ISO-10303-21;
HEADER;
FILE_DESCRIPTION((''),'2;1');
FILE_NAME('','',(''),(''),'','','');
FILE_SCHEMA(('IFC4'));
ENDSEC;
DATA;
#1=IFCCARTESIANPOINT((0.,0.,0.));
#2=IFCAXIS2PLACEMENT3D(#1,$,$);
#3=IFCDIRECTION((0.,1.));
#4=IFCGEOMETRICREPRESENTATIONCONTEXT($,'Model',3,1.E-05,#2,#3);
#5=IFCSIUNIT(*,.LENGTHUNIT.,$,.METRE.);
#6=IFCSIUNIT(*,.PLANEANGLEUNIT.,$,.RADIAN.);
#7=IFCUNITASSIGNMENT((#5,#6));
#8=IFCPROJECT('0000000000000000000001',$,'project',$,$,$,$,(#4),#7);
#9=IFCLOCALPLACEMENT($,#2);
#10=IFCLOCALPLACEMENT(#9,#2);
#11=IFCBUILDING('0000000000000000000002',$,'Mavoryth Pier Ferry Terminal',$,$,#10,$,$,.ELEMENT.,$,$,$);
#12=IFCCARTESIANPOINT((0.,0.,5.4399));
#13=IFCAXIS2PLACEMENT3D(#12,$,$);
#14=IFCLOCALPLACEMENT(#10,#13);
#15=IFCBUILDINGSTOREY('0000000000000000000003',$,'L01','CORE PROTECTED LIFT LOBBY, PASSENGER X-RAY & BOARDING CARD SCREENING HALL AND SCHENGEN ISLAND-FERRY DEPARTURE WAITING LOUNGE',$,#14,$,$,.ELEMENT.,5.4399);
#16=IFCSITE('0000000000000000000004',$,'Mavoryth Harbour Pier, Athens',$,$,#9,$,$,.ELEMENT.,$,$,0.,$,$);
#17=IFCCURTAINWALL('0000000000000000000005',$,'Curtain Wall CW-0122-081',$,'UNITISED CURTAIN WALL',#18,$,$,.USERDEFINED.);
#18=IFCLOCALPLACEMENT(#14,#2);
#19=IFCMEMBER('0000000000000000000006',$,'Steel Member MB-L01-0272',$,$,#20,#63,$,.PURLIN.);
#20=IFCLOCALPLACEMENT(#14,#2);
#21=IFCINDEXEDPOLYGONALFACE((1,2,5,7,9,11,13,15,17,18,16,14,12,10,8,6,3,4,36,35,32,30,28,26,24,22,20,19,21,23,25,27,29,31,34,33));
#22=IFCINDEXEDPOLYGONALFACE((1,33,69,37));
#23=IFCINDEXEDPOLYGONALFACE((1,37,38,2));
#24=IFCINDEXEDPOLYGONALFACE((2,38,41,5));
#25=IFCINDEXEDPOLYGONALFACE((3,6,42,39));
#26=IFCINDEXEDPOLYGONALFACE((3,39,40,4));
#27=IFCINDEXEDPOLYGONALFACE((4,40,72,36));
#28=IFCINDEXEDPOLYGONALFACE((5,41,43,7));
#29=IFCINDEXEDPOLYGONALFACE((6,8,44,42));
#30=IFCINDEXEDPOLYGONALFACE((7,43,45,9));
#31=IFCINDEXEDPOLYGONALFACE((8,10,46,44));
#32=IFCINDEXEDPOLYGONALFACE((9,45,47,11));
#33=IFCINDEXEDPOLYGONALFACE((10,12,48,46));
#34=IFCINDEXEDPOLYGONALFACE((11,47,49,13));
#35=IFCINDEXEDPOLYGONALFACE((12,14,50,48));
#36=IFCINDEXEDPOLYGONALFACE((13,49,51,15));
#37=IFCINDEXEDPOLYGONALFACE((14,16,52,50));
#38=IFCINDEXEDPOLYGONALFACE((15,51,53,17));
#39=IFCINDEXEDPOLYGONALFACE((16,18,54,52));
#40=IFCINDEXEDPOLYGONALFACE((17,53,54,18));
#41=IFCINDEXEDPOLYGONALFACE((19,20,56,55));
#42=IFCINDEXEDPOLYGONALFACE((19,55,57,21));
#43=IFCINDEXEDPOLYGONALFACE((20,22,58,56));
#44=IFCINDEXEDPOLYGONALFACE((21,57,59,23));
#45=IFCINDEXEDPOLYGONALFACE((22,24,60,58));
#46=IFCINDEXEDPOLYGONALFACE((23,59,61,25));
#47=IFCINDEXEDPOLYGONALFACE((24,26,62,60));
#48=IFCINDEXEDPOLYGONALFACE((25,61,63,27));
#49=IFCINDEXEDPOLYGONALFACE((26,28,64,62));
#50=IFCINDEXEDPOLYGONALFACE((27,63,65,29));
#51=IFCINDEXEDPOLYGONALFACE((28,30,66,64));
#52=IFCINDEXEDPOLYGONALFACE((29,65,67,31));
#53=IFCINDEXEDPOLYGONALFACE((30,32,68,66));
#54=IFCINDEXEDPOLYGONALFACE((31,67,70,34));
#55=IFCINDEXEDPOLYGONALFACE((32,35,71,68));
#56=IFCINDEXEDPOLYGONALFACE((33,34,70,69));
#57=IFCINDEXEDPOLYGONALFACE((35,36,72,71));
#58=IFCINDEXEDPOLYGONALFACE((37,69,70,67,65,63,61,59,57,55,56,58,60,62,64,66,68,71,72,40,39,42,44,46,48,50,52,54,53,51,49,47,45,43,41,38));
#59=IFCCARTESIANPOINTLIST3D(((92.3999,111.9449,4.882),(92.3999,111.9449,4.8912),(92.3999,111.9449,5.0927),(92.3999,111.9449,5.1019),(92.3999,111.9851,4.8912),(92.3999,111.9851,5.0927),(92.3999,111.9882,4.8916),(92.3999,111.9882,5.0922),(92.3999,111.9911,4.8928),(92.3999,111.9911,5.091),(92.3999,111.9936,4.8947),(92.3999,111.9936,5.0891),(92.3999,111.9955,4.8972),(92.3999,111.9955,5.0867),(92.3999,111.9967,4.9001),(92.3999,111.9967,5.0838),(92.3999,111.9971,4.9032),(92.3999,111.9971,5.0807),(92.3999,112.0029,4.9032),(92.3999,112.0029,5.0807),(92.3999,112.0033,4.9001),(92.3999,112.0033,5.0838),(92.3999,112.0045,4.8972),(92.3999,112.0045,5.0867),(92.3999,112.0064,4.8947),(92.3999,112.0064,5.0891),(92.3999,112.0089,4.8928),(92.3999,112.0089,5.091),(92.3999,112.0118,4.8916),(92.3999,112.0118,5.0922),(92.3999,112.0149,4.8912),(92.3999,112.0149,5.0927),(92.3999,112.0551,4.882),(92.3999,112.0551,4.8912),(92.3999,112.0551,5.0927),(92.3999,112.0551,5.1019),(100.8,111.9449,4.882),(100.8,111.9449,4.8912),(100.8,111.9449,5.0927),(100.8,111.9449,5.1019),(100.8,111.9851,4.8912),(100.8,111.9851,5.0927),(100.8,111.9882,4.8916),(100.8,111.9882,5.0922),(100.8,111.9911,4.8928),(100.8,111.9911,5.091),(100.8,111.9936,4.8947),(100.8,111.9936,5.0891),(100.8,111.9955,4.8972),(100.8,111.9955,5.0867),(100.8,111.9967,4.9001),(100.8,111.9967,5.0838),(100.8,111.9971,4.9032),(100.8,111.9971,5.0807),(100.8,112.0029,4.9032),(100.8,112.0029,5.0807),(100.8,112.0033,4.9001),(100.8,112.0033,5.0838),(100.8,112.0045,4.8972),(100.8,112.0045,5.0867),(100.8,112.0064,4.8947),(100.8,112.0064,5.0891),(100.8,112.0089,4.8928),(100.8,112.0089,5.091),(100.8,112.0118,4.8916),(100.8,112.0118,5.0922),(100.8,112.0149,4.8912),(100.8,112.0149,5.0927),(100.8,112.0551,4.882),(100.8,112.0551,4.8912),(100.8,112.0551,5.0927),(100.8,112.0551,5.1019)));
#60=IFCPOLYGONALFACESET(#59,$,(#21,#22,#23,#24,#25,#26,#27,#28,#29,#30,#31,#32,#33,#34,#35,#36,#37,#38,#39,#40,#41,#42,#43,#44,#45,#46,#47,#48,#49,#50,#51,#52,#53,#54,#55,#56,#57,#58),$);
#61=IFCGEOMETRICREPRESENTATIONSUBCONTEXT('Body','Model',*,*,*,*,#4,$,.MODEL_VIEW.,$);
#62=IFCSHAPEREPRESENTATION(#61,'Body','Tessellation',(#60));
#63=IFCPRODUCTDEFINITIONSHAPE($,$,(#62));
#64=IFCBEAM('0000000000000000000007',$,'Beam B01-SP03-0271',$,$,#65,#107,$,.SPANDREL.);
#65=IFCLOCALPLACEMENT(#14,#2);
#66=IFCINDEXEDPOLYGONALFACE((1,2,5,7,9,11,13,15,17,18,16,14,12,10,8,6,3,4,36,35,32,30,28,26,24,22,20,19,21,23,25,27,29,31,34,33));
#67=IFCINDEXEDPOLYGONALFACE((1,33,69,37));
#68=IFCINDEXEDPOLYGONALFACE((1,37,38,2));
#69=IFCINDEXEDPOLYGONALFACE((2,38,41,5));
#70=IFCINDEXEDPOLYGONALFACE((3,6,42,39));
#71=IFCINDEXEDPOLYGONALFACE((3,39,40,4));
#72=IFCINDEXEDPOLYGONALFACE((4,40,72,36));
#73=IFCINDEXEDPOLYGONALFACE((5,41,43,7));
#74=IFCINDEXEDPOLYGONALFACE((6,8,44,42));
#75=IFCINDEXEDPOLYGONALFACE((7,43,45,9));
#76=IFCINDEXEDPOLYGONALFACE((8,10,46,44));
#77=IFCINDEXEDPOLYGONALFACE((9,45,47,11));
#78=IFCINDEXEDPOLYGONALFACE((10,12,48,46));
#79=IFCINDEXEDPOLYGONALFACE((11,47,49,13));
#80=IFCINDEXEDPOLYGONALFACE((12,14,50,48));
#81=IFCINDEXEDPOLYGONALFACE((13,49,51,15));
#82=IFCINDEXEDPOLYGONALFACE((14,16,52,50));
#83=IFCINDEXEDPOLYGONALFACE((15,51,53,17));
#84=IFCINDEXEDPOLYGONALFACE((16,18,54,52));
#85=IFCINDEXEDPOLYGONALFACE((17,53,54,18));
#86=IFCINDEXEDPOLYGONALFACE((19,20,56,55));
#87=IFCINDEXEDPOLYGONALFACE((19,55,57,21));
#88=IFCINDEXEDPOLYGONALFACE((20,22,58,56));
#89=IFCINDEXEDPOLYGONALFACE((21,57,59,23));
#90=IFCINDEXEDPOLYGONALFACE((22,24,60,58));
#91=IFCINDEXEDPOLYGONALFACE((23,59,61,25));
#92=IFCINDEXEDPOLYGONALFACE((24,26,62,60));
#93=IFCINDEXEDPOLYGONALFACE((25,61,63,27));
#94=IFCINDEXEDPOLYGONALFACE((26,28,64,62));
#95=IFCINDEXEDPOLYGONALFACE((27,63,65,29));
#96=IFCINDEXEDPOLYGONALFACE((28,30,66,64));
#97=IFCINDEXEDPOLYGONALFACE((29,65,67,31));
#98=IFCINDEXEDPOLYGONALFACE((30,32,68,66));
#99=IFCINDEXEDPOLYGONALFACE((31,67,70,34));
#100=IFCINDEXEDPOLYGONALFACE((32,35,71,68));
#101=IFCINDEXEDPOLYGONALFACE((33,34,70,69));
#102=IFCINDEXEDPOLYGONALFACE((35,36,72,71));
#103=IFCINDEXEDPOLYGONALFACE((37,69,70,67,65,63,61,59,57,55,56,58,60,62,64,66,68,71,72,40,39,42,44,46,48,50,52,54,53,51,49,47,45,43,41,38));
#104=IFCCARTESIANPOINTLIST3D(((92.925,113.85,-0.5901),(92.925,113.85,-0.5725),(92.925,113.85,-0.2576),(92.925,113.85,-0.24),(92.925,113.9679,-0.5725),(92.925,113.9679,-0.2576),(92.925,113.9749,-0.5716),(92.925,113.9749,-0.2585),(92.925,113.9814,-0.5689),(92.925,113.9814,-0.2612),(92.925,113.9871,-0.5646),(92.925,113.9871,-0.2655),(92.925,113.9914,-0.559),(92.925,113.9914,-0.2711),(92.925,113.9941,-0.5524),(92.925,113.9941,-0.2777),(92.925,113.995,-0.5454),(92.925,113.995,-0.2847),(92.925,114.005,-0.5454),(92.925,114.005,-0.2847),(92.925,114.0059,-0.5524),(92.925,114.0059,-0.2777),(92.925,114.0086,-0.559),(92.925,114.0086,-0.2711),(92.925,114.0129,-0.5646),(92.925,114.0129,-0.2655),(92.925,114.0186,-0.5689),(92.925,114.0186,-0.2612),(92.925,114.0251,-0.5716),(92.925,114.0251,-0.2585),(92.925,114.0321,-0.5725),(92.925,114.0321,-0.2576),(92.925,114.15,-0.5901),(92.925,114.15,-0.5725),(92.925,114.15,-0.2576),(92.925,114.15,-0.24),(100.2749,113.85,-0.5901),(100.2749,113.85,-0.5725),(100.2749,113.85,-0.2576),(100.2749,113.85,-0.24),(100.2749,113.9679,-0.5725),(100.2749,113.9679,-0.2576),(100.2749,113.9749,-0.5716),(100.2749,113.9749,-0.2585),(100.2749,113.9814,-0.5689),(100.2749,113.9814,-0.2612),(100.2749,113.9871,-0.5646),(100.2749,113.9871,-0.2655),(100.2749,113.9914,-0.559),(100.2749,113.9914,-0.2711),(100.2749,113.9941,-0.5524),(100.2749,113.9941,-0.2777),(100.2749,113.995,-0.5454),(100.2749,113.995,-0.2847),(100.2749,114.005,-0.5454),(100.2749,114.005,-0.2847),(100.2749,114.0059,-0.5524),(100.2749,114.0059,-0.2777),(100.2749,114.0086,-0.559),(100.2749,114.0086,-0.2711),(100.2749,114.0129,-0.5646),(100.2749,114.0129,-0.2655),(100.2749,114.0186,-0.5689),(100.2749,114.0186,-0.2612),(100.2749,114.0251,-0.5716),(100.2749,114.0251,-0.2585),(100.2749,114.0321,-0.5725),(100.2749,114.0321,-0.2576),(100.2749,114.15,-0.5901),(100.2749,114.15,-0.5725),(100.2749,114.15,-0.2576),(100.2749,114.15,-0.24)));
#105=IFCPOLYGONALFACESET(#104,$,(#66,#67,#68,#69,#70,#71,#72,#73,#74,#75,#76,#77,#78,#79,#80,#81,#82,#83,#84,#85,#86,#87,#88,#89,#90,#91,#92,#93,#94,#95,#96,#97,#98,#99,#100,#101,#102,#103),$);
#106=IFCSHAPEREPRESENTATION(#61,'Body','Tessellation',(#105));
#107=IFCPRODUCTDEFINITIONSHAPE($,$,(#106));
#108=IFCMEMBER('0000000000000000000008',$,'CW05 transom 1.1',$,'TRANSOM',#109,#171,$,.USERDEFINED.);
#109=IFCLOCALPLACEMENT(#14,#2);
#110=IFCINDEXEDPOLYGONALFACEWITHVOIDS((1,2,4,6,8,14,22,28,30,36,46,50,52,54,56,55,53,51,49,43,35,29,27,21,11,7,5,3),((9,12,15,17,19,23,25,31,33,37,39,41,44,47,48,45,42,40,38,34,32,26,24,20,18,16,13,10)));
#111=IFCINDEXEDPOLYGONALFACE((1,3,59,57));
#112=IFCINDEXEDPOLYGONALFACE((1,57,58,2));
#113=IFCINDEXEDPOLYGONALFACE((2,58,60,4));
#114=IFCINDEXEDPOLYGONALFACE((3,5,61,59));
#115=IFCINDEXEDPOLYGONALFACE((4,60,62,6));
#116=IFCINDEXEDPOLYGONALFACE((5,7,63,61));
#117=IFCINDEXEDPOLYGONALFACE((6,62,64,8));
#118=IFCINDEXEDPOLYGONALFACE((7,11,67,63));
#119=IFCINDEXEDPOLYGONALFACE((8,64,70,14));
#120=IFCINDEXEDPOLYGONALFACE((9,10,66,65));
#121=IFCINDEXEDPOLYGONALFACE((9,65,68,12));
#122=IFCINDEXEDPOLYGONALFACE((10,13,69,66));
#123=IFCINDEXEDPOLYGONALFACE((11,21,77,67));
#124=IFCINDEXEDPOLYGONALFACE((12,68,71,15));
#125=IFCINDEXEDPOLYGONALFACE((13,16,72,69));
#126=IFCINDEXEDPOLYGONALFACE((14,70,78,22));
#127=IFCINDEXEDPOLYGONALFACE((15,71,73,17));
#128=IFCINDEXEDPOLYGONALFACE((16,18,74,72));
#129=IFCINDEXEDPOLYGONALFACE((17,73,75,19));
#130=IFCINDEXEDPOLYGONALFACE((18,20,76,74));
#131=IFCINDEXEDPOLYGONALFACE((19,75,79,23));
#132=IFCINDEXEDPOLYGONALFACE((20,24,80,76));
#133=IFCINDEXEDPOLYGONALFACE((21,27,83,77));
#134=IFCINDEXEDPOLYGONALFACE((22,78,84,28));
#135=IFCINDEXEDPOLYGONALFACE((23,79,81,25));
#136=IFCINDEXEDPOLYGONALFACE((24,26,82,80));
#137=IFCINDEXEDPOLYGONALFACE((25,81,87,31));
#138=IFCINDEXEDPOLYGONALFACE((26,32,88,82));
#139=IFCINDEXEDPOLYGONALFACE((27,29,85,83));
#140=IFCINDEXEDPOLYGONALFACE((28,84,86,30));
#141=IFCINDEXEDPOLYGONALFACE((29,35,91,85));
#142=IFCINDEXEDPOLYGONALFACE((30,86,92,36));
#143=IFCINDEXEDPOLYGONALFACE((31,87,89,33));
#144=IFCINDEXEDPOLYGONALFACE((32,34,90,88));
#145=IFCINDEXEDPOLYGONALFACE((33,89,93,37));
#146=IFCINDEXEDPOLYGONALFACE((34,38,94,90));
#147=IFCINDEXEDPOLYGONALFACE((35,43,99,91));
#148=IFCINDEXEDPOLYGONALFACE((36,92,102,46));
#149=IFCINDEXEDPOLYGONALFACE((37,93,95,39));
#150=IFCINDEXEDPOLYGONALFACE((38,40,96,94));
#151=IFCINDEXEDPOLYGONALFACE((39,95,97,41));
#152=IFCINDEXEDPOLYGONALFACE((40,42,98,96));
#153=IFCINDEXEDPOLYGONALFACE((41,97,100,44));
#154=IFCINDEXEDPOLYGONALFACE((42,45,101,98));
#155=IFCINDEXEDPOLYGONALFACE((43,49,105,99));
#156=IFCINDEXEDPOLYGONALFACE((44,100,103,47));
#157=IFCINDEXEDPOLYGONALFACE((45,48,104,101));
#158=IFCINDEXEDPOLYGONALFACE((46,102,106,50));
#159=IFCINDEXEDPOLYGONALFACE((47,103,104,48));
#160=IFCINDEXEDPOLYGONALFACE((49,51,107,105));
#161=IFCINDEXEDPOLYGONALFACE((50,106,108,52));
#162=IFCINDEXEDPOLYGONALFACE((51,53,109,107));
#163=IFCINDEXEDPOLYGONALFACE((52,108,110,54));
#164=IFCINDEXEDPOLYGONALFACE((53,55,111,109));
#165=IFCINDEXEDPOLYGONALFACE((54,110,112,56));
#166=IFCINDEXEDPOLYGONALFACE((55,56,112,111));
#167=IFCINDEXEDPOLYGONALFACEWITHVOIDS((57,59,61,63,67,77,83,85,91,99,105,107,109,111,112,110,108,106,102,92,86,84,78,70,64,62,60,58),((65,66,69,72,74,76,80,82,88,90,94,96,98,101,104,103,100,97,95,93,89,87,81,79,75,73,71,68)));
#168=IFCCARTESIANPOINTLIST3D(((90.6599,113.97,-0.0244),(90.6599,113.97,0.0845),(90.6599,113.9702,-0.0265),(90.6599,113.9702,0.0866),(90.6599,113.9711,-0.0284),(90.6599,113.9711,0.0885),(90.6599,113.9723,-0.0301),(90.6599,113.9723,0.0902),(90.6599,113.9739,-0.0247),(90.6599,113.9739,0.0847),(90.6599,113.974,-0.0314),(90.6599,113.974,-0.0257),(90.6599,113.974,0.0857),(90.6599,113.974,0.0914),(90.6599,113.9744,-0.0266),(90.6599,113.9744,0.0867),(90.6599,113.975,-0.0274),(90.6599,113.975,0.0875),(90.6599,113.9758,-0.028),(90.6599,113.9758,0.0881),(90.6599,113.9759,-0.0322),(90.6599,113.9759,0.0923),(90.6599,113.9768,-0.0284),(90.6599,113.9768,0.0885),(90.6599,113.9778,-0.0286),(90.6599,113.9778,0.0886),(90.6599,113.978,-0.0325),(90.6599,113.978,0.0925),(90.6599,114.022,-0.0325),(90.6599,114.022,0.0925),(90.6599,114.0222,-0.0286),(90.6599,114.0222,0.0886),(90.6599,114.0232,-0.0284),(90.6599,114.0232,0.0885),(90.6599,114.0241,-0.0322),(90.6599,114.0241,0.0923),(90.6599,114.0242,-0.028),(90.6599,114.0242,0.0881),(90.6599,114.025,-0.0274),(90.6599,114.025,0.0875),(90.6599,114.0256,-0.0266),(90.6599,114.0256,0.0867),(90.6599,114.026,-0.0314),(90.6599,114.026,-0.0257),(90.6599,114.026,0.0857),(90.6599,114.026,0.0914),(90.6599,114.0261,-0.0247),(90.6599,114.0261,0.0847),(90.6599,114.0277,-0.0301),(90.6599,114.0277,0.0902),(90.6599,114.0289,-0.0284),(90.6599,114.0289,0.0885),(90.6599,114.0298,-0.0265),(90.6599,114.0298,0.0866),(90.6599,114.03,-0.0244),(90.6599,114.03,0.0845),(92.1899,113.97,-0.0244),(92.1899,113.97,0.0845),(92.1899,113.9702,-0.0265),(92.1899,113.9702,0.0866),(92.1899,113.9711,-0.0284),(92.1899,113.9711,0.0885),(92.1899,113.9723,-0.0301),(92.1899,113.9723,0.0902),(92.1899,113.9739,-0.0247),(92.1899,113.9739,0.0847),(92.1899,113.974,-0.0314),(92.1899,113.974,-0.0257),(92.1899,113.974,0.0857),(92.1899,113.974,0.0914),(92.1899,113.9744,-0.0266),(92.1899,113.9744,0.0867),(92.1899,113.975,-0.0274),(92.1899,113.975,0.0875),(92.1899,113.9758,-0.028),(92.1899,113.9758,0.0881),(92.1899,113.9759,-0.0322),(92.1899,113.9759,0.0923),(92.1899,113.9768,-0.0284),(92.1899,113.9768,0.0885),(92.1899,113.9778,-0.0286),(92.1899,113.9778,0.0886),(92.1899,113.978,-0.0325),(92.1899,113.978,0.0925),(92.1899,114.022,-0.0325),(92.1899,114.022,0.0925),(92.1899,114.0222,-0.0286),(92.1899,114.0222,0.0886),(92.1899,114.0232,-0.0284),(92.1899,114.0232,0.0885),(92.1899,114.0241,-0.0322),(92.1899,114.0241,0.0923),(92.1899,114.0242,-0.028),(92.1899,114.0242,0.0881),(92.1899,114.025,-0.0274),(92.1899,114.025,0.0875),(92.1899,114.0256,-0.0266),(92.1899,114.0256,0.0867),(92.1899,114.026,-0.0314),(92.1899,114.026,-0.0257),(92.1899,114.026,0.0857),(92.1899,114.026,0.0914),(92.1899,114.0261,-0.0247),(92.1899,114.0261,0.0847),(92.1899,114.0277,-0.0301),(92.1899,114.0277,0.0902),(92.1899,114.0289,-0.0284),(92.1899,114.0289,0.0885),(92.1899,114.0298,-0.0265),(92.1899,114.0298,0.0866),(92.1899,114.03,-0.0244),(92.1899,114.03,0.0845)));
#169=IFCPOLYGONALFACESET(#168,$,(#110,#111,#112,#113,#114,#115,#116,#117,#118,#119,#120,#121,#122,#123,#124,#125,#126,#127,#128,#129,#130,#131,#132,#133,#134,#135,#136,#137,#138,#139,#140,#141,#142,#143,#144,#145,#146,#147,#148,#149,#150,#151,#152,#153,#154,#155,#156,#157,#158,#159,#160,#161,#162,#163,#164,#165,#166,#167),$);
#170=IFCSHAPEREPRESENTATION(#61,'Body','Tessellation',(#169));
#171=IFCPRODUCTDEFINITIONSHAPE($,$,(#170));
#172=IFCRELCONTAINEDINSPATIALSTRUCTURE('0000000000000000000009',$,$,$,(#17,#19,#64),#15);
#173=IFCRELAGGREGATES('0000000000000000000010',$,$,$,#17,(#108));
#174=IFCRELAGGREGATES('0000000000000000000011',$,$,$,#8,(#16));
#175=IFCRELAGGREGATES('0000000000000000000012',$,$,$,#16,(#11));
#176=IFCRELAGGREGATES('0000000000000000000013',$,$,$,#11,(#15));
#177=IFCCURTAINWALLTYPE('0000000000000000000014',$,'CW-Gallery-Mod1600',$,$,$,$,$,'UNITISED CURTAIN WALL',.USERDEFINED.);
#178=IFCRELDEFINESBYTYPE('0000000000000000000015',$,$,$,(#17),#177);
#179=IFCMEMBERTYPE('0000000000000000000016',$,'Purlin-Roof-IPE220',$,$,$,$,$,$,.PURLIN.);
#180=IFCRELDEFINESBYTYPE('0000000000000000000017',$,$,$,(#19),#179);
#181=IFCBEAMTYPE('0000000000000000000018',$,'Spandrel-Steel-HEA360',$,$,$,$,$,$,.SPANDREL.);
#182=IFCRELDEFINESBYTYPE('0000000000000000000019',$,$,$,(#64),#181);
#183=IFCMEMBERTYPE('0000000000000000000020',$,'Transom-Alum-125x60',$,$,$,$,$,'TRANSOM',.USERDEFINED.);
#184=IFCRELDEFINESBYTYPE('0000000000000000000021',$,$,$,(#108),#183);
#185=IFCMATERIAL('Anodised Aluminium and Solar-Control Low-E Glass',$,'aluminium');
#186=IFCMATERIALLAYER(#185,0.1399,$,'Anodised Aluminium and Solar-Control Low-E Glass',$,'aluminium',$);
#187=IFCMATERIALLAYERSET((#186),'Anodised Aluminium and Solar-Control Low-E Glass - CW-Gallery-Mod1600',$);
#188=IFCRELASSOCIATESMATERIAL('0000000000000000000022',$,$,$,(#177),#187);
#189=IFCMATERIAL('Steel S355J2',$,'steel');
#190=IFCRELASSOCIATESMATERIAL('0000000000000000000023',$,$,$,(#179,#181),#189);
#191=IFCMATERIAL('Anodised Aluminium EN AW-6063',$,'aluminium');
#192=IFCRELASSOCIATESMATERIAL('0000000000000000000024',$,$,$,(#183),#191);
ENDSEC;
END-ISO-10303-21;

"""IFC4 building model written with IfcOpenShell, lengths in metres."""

from ifc_helpers import new_model, si_unit, direction, frame, origin, origin_2d, place, context, subcontext, project, spatial, hollow_rectangle, i_section, extrude, material, layer, layer_set, material_profile, profile_set, type_object, element, aggregate, save


model = new_model("IFC4")

# Units and contexts
model_context = context("Model", 3, precision=1e-05, world=origin(), true_north=direction((0.0, 1.0)))
body_context = subcontext(model_context, "Body", "Model", "MODEL_VIEW")
ifc_project = project(units=[si_unit("LENGTHUNIT", "METRE"), si_unit("PLANEANGLEUNIT", "RADIAN")], contexts=[model_context])

# Site, building, storey
site_placement = place(None, origin())
site = spatial("IfcSite", under=ifc_project, at=site_placement, Name="Mavoryth Harbour Pier, Athens", CompositionType="ELEMENT", RefElevation=0.0)
building_placement = place(site_placement, origin())
building = spatial("IfcBuilding", under=site, at=building_placement, Name="Mavoryth Pier Ferry Terminal", CompositionType="ELEMENT")
storey_placement = place(building_placement, frame((0.0, 0.0, 5.4399)))
storey = spatial("IfcBuildingStorey", under=building, at=storey_placement, Name="L01", Description="CORE PROTECTED LIFT LOBBY, PASSENGER X-RAY & BOARDING CARD SCREENING HALL AND SCHENGEN ISLAND-FERRY DEPARTURE WAITING LOUNGE", CompositionType="ELEMENT", Elevation=5.4399)

# Shared definitions
ifc_material_1 = material(Name="Steel S355J2", Category="steel")

# Curtain wall
ifc_material_2 = material(Name="Anodised Aluminium and Solar-Control Low-E Glass", Category="aluminium")
ifc_layer_1 = layer(ifc_material_2, 0.1399, Name="Anodised Aluminium and Solar-Control Low-E Glass", Category="aluminium")
ifc_layer_set_1 = layer_set([ifc_layer_1], Name="Anodised Aluminium and Solar-Control Low-E Glass - CW-Gallery-Mod1600")
curtain_wall_type = type_object("IfcCurtainWallType", Name="CW-Gallery-Mod1600", ElementType="UNITISED CURTAIN WALL", PredefinedType="USERDEFINED", material=ifc_layer_set_1)
curtain_wall_1_placement = place(storey_placement, origin())
curtain_wall_1 = element("IfcCurtainWall", 1, at=curtain_wall_1_placement, inside=storey, type_object=curtain_wall_type, Name="Curtain Wall CW-0122-081", ObjectType="UNITISED CURTAIN WALL", PredefinedType="USERDEFINED")
ifc_material_3 = material(Name="Anodised Aluminium EN AW-6063", Category="aluminium")

# Member
ifc_material_profile_1 = material_profile(ifc_material_1, i_section(OverallWidth=0.1101, OverallDepth=0.22, WebThickness=0.0059, FlangeThickness=0.0093, FilletRadius=0.012, at=origin_2d()), Name="IPE 220", Category="steel")
ifc_profile_set_1 = profile_set([ifc_material_profile_1], Name="Steel S355J2 - IPE 220")
member_type_1 = type_object("IfcMemberType", Name="Purlin-Roof-IPE220", PredefinedType="PURLIN", material=ifc_profile_set_1)
for number, where, z_axis, x_axis, name in (
    (2, (92.3999, 112.0, 4.9919), (1.0, 0.0, 0.0), (0.0, 1.0, 0.0), "Steel Member MB-L01-0272"),
):
    element("IfcMember", number, at=place(storey_placement, frame(where, z_axis=z_axis, x_axis=x_axis)), inside=storey, type_object=member_type_1, Name=name, PredefinedType="PURLIN", context=body_context, shape_type="SweptSolid", body=[
        extrude(i_section(OverallWidth=0.1101, OverallDepth=0.22, WebThickness=0.0059, FlangeThickness=0.0093, FilletRadius=0.012, at=origin_2d()), origin(), (0.0, 0.0, 1.0), 8.4001),
    ])

# Beam
ifc_material_profile_2 = material_profile(ifc_material_1, i_section(OverallWidth=0.3, OverallDepth=0.3501, WebThickness=0.01, FlangeThickness=0.0176, FilletRadius=0.0271, at=origin_2d()), Name="HEA 360", Category="steel")
ifc_profile_set_2 = profile_set([ifc_material_profile_2], Name="Steel S355J2 - HEA 360")
beam_type_1 = type_object("IfcBeamType", Name="Spandrel-Steel-HEA360", PredefinedType="SPANDREL", material=ifc_profile_set_2)
beam_1_placement = place(storey_placement, frame((92.925, 114.0, -0.415), z_axis=(1.0, 0.0, 0.0), x_axis=(0.0, 1.0, 0.0)))
element("IfcBeam", 3, at=beam_1_placement, inside=storey, type_object=beam_type_1, Name="Beam B01-SP03-0271", PredefinedType="SPANDREL", context=body_context, shape_type="SweptSolid", body=[
    extrude(i_section(OverallWidth=0.3, OverallDepth=0.3501, WebThickness=0.01, FlangeThickness=0.0176, FilletRadius=0.0271, at=origin_2d()), origin(), (0.0, 0.0, 1.0), 7.3499),
])

# Member
ifc_material_profile_3 = material_profile(ifc_material_3, hollow_rectangle(XDim=0.0601, YDim=0.125, WallThickness=0.0039, InnerFilletRadius=0.0039, OuterFilletRadius=0.0081, at=origin_2d()), Name="AL-TRAN 125x60x4", Category="aluminium")
ifc_profile_set_3 = profile_set([ifc_material_profile_3], Name="Anodised Aluminium EN AW-6063 - AL-TRAN 125x60x4")
member_type_2 = type_object("IfcMemberType", Name="Transom-Alum-125x60", ElementType="TRANSOM", PredefinedType="USERDEFINED", material=ifc_profile_set_3)
member_1_placement = place(storey_placement, frame((92.1899, 114.0, 0.03), z_axis=(-1.0, 0.0, 0.0), x_axis=(0.0, -1.0, 0.0)))
member_1 = element("IfcMember", 4, at=member_1_placement, type_object=member_type_2, Name="CW05 transom 1.1", ObjectType="TRANSOM", PredefinedType="USERDEFINED", context=body_context, shape_type="SweptSolid", body=[
    extrude(hollow_rectangle(XDim=0.0601, YDim=0.125, WallThickness=0.0039, InnerFilletRadius=0.0039, OuterFilletRadius=0.0081, at=origin_2d()), origin(), (0.0, 0.0, 1.0), 1.53),
])

aggregate(curtain_wall_1, [member_1])

save(model, "model.ifc")
